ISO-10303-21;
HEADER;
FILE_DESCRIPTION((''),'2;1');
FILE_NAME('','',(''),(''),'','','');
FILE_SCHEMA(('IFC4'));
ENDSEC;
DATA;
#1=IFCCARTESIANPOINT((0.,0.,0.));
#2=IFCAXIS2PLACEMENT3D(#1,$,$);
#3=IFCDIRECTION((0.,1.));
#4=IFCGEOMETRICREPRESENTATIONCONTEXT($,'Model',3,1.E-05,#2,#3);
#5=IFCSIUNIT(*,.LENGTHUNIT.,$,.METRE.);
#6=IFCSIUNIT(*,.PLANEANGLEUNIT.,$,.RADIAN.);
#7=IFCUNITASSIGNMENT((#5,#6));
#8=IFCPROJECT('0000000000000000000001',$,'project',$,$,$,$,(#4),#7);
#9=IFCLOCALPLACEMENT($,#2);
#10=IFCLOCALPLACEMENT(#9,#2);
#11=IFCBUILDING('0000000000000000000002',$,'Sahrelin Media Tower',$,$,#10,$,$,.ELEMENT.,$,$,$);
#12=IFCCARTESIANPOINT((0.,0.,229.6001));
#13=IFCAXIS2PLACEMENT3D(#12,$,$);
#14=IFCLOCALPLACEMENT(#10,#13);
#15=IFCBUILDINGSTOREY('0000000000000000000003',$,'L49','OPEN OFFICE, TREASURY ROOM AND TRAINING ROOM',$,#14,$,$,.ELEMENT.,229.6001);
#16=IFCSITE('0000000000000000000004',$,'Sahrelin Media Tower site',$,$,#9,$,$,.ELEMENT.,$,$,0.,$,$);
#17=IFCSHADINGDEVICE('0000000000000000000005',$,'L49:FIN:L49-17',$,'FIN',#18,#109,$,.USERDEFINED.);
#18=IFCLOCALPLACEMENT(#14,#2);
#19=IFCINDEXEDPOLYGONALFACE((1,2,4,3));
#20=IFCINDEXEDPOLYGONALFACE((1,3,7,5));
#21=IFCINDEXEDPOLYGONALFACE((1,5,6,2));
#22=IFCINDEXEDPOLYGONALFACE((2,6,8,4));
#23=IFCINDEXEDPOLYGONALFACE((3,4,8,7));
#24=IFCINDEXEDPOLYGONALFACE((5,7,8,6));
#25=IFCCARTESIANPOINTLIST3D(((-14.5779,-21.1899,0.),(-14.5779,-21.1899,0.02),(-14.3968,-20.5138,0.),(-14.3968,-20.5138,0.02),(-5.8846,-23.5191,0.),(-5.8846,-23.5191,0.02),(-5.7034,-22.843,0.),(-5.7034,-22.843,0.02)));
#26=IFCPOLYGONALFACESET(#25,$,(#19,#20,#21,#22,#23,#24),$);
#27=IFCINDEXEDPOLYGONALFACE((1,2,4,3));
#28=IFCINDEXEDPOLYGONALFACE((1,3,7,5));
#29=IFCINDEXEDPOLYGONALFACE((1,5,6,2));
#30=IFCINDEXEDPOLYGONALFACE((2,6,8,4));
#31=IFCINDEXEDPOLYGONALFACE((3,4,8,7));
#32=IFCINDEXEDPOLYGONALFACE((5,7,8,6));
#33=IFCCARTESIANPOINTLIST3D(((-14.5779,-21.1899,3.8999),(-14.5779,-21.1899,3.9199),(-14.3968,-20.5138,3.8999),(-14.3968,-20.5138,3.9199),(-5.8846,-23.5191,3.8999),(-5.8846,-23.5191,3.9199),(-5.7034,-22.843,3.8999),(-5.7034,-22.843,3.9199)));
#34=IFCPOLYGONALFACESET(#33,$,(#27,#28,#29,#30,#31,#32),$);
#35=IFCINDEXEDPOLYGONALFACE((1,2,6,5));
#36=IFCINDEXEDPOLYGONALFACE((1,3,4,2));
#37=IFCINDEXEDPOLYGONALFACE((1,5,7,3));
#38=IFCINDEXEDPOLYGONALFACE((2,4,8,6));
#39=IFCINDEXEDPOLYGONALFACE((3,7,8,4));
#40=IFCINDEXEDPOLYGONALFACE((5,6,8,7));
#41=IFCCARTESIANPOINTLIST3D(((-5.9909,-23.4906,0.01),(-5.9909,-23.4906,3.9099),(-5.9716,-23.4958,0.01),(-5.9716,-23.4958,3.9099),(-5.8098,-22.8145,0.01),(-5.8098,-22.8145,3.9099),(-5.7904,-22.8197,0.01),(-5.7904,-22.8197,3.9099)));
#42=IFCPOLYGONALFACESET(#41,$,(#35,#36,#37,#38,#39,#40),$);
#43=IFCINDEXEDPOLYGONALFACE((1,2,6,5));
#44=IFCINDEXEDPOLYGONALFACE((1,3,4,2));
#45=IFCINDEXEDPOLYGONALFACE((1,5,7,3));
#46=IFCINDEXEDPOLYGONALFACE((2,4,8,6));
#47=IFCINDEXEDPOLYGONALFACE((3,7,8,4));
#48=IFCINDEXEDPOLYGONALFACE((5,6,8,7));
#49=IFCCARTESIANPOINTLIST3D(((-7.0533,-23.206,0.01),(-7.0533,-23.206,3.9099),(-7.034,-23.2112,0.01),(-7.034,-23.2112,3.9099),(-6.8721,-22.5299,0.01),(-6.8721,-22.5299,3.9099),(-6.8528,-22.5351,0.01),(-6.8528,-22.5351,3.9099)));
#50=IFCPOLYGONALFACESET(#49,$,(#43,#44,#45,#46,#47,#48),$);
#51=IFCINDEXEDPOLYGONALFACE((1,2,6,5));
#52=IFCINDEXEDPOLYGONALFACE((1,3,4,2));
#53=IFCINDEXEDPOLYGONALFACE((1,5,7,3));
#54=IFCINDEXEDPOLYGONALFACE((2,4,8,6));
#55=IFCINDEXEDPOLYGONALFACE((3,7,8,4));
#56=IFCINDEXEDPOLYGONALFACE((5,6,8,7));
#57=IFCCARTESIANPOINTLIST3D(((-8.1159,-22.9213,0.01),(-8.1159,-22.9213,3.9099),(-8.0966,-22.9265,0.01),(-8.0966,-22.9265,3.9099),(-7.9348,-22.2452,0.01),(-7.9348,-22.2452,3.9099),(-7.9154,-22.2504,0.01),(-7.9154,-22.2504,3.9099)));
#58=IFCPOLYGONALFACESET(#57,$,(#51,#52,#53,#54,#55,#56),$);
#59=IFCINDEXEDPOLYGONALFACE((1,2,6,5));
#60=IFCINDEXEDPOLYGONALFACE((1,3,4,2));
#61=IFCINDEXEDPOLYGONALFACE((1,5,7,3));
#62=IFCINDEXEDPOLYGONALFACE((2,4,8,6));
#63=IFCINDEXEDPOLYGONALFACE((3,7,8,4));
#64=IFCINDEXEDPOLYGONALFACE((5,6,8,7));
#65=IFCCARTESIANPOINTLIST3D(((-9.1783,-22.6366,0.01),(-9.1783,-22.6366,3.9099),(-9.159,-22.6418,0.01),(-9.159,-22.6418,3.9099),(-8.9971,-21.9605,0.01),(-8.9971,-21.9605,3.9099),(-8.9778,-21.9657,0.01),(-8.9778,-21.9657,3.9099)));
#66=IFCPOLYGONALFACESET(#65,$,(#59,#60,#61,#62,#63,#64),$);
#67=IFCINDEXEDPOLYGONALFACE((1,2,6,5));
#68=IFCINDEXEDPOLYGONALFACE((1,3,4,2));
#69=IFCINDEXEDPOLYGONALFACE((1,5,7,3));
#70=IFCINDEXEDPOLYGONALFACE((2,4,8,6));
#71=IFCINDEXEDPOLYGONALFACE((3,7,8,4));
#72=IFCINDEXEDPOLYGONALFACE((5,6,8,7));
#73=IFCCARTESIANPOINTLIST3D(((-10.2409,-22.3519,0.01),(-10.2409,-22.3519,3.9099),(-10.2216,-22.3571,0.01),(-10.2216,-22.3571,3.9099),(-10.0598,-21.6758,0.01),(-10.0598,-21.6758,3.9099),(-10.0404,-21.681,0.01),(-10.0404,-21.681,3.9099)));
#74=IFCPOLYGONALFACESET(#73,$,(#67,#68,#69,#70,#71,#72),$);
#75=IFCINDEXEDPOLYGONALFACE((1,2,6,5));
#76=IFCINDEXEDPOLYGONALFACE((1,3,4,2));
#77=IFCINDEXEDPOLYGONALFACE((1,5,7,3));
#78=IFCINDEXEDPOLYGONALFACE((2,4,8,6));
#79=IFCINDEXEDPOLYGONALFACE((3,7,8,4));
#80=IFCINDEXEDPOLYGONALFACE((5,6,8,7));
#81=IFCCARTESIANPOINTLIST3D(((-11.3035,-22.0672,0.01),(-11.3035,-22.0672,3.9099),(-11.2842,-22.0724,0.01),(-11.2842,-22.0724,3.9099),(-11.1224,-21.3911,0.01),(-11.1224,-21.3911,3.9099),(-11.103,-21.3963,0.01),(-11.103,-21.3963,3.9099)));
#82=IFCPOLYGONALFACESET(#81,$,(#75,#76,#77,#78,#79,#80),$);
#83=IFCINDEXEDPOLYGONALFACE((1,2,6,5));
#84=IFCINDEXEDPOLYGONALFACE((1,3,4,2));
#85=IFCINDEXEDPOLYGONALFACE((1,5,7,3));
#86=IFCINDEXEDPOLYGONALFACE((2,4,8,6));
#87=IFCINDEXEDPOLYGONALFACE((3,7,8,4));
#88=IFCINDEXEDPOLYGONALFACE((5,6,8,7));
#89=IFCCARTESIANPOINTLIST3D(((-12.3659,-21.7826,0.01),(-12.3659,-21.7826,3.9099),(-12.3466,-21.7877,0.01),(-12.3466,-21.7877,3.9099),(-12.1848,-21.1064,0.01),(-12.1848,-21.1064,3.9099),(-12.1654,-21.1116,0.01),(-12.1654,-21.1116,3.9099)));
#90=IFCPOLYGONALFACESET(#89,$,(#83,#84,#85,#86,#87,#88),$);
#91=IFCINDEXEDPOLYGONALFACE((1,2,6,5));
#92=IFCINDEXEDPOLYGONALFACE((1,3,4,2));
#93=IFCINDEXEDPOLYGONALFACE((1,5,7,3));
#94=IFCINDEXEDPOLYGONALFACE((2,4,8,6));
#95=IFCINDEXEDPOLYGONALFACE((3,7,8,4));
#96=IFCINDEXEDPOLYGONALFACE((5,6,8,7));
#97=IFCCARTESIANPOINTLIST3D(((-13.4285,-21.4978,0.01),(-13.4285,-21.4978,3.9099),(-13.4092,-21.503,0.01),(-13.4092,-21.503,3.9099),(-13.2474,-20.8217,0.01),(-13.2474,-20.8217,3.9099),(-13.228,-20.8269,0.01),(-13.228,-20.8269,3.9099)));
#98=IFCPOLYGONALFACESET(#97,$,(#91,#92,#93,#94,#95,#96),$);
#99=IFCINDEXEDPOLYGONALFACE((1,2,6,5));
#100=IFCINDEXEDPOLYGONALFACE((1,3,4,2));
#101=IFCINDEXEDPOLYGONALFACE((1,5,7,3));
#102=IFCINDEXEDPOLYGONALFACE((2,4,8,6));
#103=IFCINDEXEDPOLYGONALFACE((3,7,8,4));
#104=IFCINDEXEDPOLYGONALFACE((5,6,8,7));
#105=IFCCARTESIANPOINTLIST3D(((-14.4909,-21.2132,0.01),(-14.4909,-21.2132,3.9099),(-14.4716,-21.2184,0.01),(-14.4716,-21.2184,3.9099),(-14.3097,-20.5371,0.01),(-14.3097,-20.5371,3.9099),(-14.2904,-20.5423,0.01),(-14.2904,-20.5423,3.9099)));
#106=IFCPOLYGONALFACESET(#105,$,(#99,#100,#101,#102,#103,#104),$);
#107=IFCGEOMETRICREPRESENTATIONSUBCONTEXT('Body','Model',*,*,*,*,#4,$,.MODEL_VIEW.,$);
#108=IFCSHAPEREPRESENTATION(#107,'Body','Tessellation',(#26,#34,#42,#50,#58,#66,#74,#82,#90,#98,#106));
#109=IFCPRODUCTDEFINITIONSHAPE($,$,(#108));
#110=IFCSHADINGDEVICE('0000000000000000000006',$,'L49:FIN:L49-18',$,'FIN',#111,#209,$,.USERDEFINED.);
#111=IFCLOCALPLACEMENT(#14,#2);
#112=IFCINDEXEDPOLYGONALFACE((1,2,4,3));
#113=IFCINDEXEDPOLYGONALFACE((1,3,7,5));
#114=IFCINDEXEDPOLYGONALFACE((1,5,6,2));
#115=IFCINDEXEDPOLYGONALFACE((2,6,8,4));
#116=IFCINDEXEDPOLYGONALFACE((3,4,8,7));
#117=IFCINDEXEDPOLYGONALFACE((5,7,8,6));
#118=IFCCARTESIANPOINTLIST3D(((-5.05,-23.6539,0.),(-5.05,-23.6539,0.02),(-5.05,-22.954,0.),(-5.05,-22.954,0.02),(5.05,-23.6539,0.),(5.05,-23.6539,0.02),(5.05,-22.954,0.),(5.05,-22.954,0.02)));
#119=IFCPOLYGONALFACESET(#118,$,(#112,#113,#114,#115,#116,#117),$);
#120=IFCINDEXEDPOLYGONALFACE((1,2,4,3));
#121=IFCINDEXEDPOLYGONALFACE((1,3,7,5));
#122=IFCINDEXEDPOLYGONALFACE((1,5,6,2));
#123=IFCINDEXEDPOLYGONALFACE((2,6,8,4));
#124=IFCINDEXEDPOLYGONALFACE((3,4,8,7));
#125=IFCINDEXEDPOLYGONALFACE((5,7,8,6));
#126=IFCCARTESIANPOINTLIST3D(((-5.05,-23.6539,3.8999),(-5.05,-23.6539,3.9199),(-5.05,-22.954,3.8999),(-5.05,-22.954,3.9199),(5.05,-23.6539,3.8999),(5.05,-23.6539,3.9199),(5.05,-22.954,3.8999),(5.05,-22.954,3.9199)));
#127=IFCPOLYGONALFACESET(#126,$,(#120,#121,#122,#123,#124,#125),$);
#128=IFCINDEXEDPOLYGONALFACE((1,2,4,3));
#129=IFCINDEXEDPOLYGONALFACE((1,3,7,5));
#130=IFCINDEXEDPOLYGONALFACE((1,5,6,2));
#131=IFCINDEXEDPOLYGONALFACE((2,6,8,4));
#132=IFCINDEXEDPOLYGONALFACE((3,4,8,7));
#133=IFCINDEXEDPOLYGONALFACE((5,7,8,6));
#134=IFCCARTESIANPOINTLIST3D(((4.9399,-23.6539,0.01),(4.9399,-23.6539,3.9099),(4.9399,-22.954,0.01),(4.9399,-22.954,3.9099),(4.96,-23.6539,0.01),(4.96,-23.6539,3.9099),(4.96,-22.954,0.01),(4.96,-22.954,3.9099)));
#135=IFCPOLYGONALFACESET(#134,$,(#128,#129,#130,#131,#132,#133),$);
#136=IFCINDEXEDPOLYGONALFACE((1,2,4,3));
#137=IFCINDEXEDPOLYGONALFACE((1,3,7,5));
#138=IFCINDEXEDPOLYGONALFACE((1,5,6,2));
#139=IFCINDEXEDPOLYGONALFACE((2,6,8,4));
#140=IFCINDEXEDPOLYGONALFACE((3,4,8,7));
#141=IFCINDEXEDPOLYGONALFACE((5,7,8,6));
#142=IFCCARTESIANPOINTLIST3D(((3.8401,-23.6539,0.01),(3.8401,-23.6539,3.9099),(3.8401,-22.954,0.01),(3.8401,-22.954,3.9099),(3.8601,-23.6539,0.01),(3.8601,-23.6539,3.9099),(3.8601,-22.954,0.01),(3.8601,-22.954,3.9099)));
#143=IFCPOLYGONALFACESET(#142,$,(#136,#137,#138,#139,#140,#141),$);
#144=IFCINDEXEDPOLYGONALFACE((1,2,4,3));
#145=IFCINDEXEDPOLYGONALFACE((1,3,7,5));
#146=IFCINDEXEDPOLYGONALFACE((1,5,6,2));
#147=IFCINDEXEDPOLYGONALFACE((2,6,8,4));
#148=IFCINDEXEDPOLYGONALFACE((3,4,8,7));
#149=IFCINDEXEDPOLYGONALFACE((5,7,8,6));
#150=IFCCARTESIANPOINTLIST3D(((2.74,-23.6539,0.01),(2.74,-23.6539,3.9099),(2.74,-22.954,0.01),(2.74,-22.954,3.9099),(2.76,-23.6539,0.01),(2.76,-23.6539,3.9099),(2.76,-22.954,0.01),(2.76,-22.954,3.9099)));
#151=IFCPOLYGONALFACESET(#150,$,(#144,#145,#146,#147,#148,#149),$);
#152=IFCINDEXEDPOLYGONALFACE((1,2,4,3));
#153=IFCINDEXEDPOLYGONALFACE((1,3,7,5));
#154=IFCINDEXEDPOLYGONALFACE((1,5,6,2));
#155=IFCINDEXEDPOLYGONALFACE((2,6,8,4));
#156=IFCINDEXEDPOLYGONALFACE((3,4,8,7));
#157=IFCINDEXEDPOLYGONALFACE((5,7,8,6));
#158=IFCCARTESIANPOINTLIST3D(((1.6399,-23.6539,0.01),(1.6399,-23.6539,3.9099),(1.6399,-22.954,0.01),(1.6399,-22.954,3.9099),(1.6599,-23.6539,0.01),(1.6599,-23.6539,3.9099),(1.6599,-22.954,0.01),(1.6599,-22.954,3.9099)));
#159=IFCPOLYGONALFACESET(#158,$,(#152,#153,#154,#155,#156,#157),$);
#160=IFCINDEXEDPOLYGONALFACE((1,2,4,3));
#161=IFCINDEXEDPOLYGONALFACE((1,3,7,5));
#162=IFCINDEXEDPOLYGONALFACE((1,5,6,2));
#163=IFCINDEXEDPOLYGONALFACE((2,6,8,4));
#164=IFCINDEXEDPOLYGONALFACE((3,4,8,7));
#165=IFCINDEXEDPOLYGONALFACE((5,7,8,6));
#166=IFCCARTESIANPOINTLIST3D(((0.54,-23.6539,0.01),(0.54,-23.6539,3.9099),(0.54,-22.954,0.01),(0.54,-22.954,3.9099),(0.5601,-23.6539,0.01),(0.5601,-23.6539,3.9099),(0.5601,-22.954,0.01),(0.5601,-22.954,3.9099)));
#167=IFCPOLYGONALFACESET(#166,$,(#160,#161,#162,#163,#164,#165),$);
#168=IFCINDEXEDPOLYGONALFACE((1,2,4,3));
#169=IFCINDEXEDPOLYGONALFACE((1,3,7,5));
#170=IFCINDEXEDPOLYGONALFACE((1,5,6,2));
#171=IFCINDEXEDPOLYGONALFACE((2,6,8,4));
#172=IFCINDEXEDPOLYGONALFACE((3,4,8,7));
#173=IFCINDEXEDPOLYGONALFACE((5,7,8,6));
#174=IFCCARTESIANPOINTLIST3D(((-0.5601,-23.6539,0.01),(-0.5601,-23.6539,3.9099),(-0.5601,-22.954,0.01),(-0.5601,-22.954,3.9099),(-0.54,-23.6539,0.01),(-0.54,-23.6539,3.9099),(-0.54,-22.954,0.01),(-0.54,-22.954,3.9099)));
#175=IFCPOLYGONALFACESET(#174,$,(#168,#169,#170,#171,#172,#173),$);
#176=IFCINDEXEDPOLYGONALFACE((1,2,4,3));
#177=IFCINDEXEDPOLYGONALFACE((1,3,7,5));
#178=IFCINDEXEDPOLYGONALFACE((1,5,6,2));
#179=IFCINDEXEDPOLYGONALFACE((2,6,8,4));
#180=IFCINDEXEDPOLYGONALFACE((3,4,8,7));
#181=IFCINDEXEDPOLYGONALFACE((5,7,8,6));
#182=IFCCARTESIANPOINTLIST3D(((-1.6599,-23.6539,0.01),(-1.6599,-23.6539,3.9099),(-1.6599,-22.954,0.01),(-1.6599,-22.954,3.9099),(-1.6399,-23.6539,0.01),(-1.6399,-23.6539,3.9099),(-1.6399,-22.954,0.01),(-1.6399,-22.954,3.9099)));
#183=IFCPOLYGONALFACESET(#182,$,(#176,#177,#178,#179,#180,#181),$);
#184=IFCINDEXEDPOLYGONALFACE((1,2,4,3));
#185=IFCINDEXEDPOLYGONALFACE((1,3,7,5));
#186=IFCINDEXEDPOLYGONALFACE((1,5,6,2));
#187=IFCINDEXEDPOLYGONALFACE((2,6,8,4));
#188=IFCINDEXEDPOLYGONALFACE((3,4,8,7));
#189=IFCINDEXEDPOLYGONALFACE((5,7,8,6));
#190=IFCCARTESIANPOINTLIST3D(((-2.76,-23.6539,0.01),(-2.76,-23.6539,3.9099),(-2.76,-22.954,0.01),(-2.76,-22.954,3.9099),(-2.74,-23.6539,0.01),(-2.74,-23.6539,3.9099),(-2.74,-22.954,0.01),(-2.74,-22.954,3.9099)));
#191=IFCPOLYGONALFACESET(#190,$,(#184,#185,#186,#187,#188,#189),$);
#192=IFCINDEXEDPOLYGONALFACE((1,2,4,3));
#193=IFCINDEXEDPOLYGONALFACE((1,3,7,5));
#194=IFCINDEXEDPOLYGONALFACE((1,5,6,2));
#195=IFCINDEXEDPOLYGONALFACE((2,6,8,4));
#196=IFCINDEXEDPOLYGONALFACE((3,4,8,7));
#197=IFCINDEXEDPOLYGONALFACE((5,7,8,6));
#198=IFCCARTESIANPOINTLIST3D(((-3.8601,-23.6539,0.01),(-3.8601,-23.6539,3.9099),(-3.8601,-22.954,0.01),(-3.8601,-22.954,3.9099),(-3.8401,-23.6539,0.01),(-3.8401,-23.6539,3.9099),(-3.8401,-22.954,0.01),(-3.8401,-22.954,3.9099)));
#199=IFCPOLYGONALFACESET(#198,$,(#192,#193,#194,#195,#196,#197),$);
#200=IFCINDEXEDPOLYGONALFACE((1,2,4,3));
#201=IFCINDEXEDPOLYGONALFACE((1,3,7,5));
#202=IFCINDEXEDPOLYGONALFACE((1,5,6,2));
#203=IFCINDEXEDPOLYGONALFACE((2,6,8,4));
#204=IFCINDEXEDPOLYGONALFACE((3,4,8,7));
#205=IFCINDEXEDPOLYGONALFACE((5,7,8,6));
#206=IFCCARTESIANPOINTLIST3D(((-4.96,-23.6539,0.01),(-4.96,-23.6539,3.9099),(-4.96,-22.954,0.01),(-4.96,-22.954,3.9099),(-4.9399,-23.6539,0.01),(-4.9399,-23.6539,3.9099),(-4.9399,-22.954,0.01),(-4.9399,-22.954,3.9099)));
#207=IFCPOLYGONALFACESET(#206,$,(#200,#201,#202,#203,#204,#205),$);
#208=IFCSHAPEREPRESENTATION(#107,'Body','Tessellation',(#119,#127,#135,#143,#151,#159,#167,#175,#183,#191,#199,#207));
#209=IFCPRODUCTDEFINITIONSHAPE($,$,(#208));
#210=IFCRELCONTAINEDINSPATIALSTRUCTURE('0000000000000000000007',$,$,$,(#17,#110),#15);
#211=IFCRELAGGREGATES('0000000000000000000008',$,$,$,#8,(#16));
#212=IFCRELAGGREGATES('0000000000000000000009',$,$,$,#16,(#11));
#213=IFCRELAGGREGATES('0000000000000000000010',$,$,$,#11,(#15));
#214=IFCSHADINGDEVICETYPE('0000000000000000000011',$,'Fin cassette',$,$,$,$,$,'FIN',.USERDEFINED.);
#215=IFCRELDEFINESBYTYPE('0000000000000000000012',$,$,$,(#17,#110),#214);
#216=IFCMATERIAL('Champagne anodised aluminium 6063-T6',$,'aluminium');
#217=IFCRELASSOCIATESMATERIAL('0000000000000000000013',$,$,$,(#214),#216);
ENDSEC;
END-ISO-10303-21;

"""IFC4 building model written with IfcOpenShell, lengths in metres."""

from ifc_helpers import new_model, si_unit, direction, frame, origin, origin_2d, place, context, subcontext, project, spatial, rectangle, extrude, material, type_object, element, save


model = new_model("IFC4")

# Units and contexts
model_context = context("Model", 3, precision=1e-05, world=origin(), true_north=direction((0.0, 1.0)))
body_context = subcontext(model_context, "Body", "Model", "MODEL_VIEW")
ifc_project = project(units=[si_unit("LENGTHUNIT", "METRE"), si_unit("PLANEANGLEUNIT", "RADIAN")], contexts=[model_context])

# Site, building, storey
site_placement = place(None, origin())
site = spatial("IfcSite", under=ifc_project, at=site_placement, Name="Sahrelin Media Tower site", CompositionType="ELEMENT", RefElevation=0.0)
building_placement = place(site_placement, origin())
building = spatial("IfcBuilding", under=site, at=building_placement, Name="Sahrelin Media Tower", CompositionType="ELEMENT")
storey_placement = place(building_placement, frame((0.0, 0.0, 229.6001)))
storey = spatial("IfcBuildingStorey", under=building, at=storey_placement, Name="L49", Description="OPEN OFFICE, TREASURY ROOM AND TRAINING ROOM", CompositionType="ELEMENT", Elevation=229.6001)

# Shared definitions
ifc_material_1 = material(Name="Champagne anodised aluminium 6063-T6", Category="aluminium")

# Shading devices
shading_device_type_1 = type_object("IfcShadingDeviceType", Name="Fin cassette", ElementType="FIN", PredefinedType="USERDEFINED", material=ifc_material_1)
placement_1 = place(storey_placement, frame((-10.032, -21.6108, 0.0), z_axis=(0.0, 0.0, 1.0), x_axis=(-0.965929, 0.258808, 0.0)))
element("IfcShadingDevice", 1, at=placement_1, inside=storey, type_object=shading_device_type_1, Name="L49:FIN:L49-17", ObjectType="FIN", PredefinedType="USERDEFINED", context=body_context, shape_type="SweptSolid", body=[
    extrude(rectangle(XDim=9.0, YDim=0.7, at=origin_2d()), frame((0.0, 0.4199, 0.0)), (0.0, 0.0, 1.0), 0.02),
    extrude(rectangle(XDim=9.0, YDim=0.7, at=origin_2d()), frame((0.0, 0.4199, 3.8999)), (0.0, 0.0, 1.0), 0.02),
    extrude(rectangle(XDim=0.02, YDim=0.7, at=origin_2d()), frame((-4.3999, 0.4199, 0.01), z_axis=(0.0, 0.0, 1.0), x_axis=(1.0, 0.0, 0.0)), (0.0, 0.0, 1.0), 3.8999),
    extrude(rectangle(XDim=0.02, YDim=0.7, at=origin_2d()), frame((-3.3, 0.4199, 0.01), z_axis=(0.0, 0.0, 1.0), x_axis=(1.0, 0.0, 0.0)), (0.0, 0.0, 1.0), 3.8999),
    extrude(rectangle(XDim=0.02, YDim=0.7, at=origin_2d()), frame((-2.2, 0.4199, 0.01), z_axis=(0.0, 0.0, 1.0), x_axis=(1.0, 0.0, 0.0)), (0.0, 0.0, 1.0), 3.8999),
    extrude(rectangle(XDim=0.02, YDim=0.7, at=origin_2d()), frame((-1.1001, 0.4199, 0.01), z_axis=(0.0, 0.0, 1.0), x_axis=(1.0, 0.0, 0.0)), (0.0, 0.0, 1.0), 3.8999),
    extrude(rectangle(XDim=0.02, YDim=0.7, at=origin_2d()), frame((0.0, 0.4199, 0.01), z_axis=(0.0, 0.0, 1.0), x_axis=(1.0, 0.0, 0.0)), (0.0, 0.0, 1.0), 3.8999),
    extrude(rectangle(XDim=0.02, YDim=0.7, at=origin_2d()), frame((1.1001, 0.4199, 0.01), z_axis=(0.0, 0.0, 1.0), x_axis=(1.0, 0.0, 0.0)), (0.0, 0.0, 1.0), 3.8999),
    extrude(rectangle(XDim=0.02, YDim=0.7, at=origin_2d()), frame((2.2, 0.4199, 0.01), z_axis=(0.0, 0.0, 1.0), x_axis=(1.0, 0.0, 0.0)), (0.0, 0.0, 1.0), 3.8999),
    extrude(rectangle(XDim=0.02, YDim=0.7, at=origin_2d()), frame((3.3, 0.4199, 0.01), z_axis=(0.0, 0.0, 1.0), x_axis=(1.0, 0.0, 0.0)), (0.0, 0.0, 1.0), 3.8999),
    extrude(rectangle(XDim=0.02, YDim=0.7, at=origin_2d()), frame((4.3999, 0.4199, 0.01), z_axis=(0.0, 0.0, 1.0), x_axis=(1.0, 0.0, 0.0)), (0.0, 0.0, 1.0), 3.8999),
])
placement_2 = place(storey_placement, frame((0.0, -22.884, 0.0), z_axis=(0.0, 0.0, 1.0), x_axis=(-1.0, 0.0, 0.0)))
element("IfcShadingDevice", 2, at=placement_2, inside=storey, type_object=shading_device_type_1, Name="L49:FIN:L49-18", ObjectType="FIN", PredefinedType="USERDEFINED", context=body_context, shape_type="SweptSolid", body=[
    extrude(rectangle(XDim=10.1001, YDim=0.7, at=origin_2d()), frame((0.0, 0.4199, 0.0)), (0.0, 0.0, 1.0), 0.02),
    extrude(rectangle(XDim=10.1001, YDim=0.7, at=origin_2d()), frame((0.0, 0.4199, 3.8999)), (0.0, 0.0, 1.0), 0.02),
    extrude(rectangle(XDim=0.02, YDim=0.7, at=origin_2d()), frame((-4.95, 0.4199, 0.01), z_axis=(0.0, 0.0, 1.0), x_axis=(1.0, 0.0, 0.0)), (0.0, 0.0, 1.0), 3.8999),
    extrude(rectangle(XDim=0.02, YDim=0.7, at=origin_2d()), frame((-3.8501, 0.4199, 0.01), z_axis=(0.0, 0.0, 1.0), x_axis=(1.0, 0.0, 0.0)), (0.0, 0.0, 1.0), 3.8999),
    extrude(rectangle(XDim=0.02, YDim=0.7, at=origin_2d()), frame((-2.75, 0.4199, 0.01), z_axis=(0.0, 0.0, 1.0), x_axis=(1.0, 0.0, 0.0)), (0.0, 0.0, 1.0), 3.8999),
    extrude(rectangle(XDim=0.02, YDim=0.7, at=origin_2d()), frame((-1.6499, 0.4199, 0.01), z_axis=(0.0, 0.0, 1.0), x_axis=(1.0, 0.0, 0.0)), (0.0, 0.0, 1.0), 3.8999),
    extrude(rectangle(XDim=0.02, YDim=0.7, at=origin_2d()), frame((-0.55, 0.4199, 0.01), z_axis=(0.0, 0.0, 1.0), x_axis=(1.0, 0.0, 0.0)), (0.0, 0.0, 1.0), 3.8999),
    extrude(rectangle(XDim=0.02, YDim=0.7, at=origin_2d()), frame((0.55, 0.4199, 0.01), z_axis=(0.0, 0.0, 1.0), x_axis=(1.0, 0.0, 0.0)), (0.0, 0.0, 1.0), 3.8999),
    extrude(rectangle(XDim=0.02, YDim=0.7, at=origin_2d()), frame((1.6499, 0.4199, 0.01), z_axis=(0.0, 0.0, 1.0), x_axis=(1.0, 0.0, 0.0)), (0.0, 0.0, 1.0), 3.8999),
    extrude(rectangle(XDim=0.02, YDim=0.7, at=origin_2d()), frame((2.75, 0.4199, 0.01), z_axis=(0.0, 0.0, 1.0), x_axis=(1.0, 0.0, 0.0)), (0.0, 0.0, 1.0), 3.8999),
    extrude(rectangle(XDim=0.02, YDim=0.7, at=origin_2d()), frame((3.8501, 0.4199, 0.01), z_axis=(0.0, 0.0, 1.0), x_axis=(1.0, 0.0, 0.0)), (0.0, 0.0, 1.0), 3.8999),
    extrude(rectangle(XDim=0.02, YDim=0.7, at=origin_2d()), frame((4.95, 0.4199, 0.01), z_axis=(0.0, 0.0, 1.0), x_axis=(1.0, 0.0, 0.0)), (0.0, 0.0, 1.0), 3.8999),
])

save(model, "model.ifc")
